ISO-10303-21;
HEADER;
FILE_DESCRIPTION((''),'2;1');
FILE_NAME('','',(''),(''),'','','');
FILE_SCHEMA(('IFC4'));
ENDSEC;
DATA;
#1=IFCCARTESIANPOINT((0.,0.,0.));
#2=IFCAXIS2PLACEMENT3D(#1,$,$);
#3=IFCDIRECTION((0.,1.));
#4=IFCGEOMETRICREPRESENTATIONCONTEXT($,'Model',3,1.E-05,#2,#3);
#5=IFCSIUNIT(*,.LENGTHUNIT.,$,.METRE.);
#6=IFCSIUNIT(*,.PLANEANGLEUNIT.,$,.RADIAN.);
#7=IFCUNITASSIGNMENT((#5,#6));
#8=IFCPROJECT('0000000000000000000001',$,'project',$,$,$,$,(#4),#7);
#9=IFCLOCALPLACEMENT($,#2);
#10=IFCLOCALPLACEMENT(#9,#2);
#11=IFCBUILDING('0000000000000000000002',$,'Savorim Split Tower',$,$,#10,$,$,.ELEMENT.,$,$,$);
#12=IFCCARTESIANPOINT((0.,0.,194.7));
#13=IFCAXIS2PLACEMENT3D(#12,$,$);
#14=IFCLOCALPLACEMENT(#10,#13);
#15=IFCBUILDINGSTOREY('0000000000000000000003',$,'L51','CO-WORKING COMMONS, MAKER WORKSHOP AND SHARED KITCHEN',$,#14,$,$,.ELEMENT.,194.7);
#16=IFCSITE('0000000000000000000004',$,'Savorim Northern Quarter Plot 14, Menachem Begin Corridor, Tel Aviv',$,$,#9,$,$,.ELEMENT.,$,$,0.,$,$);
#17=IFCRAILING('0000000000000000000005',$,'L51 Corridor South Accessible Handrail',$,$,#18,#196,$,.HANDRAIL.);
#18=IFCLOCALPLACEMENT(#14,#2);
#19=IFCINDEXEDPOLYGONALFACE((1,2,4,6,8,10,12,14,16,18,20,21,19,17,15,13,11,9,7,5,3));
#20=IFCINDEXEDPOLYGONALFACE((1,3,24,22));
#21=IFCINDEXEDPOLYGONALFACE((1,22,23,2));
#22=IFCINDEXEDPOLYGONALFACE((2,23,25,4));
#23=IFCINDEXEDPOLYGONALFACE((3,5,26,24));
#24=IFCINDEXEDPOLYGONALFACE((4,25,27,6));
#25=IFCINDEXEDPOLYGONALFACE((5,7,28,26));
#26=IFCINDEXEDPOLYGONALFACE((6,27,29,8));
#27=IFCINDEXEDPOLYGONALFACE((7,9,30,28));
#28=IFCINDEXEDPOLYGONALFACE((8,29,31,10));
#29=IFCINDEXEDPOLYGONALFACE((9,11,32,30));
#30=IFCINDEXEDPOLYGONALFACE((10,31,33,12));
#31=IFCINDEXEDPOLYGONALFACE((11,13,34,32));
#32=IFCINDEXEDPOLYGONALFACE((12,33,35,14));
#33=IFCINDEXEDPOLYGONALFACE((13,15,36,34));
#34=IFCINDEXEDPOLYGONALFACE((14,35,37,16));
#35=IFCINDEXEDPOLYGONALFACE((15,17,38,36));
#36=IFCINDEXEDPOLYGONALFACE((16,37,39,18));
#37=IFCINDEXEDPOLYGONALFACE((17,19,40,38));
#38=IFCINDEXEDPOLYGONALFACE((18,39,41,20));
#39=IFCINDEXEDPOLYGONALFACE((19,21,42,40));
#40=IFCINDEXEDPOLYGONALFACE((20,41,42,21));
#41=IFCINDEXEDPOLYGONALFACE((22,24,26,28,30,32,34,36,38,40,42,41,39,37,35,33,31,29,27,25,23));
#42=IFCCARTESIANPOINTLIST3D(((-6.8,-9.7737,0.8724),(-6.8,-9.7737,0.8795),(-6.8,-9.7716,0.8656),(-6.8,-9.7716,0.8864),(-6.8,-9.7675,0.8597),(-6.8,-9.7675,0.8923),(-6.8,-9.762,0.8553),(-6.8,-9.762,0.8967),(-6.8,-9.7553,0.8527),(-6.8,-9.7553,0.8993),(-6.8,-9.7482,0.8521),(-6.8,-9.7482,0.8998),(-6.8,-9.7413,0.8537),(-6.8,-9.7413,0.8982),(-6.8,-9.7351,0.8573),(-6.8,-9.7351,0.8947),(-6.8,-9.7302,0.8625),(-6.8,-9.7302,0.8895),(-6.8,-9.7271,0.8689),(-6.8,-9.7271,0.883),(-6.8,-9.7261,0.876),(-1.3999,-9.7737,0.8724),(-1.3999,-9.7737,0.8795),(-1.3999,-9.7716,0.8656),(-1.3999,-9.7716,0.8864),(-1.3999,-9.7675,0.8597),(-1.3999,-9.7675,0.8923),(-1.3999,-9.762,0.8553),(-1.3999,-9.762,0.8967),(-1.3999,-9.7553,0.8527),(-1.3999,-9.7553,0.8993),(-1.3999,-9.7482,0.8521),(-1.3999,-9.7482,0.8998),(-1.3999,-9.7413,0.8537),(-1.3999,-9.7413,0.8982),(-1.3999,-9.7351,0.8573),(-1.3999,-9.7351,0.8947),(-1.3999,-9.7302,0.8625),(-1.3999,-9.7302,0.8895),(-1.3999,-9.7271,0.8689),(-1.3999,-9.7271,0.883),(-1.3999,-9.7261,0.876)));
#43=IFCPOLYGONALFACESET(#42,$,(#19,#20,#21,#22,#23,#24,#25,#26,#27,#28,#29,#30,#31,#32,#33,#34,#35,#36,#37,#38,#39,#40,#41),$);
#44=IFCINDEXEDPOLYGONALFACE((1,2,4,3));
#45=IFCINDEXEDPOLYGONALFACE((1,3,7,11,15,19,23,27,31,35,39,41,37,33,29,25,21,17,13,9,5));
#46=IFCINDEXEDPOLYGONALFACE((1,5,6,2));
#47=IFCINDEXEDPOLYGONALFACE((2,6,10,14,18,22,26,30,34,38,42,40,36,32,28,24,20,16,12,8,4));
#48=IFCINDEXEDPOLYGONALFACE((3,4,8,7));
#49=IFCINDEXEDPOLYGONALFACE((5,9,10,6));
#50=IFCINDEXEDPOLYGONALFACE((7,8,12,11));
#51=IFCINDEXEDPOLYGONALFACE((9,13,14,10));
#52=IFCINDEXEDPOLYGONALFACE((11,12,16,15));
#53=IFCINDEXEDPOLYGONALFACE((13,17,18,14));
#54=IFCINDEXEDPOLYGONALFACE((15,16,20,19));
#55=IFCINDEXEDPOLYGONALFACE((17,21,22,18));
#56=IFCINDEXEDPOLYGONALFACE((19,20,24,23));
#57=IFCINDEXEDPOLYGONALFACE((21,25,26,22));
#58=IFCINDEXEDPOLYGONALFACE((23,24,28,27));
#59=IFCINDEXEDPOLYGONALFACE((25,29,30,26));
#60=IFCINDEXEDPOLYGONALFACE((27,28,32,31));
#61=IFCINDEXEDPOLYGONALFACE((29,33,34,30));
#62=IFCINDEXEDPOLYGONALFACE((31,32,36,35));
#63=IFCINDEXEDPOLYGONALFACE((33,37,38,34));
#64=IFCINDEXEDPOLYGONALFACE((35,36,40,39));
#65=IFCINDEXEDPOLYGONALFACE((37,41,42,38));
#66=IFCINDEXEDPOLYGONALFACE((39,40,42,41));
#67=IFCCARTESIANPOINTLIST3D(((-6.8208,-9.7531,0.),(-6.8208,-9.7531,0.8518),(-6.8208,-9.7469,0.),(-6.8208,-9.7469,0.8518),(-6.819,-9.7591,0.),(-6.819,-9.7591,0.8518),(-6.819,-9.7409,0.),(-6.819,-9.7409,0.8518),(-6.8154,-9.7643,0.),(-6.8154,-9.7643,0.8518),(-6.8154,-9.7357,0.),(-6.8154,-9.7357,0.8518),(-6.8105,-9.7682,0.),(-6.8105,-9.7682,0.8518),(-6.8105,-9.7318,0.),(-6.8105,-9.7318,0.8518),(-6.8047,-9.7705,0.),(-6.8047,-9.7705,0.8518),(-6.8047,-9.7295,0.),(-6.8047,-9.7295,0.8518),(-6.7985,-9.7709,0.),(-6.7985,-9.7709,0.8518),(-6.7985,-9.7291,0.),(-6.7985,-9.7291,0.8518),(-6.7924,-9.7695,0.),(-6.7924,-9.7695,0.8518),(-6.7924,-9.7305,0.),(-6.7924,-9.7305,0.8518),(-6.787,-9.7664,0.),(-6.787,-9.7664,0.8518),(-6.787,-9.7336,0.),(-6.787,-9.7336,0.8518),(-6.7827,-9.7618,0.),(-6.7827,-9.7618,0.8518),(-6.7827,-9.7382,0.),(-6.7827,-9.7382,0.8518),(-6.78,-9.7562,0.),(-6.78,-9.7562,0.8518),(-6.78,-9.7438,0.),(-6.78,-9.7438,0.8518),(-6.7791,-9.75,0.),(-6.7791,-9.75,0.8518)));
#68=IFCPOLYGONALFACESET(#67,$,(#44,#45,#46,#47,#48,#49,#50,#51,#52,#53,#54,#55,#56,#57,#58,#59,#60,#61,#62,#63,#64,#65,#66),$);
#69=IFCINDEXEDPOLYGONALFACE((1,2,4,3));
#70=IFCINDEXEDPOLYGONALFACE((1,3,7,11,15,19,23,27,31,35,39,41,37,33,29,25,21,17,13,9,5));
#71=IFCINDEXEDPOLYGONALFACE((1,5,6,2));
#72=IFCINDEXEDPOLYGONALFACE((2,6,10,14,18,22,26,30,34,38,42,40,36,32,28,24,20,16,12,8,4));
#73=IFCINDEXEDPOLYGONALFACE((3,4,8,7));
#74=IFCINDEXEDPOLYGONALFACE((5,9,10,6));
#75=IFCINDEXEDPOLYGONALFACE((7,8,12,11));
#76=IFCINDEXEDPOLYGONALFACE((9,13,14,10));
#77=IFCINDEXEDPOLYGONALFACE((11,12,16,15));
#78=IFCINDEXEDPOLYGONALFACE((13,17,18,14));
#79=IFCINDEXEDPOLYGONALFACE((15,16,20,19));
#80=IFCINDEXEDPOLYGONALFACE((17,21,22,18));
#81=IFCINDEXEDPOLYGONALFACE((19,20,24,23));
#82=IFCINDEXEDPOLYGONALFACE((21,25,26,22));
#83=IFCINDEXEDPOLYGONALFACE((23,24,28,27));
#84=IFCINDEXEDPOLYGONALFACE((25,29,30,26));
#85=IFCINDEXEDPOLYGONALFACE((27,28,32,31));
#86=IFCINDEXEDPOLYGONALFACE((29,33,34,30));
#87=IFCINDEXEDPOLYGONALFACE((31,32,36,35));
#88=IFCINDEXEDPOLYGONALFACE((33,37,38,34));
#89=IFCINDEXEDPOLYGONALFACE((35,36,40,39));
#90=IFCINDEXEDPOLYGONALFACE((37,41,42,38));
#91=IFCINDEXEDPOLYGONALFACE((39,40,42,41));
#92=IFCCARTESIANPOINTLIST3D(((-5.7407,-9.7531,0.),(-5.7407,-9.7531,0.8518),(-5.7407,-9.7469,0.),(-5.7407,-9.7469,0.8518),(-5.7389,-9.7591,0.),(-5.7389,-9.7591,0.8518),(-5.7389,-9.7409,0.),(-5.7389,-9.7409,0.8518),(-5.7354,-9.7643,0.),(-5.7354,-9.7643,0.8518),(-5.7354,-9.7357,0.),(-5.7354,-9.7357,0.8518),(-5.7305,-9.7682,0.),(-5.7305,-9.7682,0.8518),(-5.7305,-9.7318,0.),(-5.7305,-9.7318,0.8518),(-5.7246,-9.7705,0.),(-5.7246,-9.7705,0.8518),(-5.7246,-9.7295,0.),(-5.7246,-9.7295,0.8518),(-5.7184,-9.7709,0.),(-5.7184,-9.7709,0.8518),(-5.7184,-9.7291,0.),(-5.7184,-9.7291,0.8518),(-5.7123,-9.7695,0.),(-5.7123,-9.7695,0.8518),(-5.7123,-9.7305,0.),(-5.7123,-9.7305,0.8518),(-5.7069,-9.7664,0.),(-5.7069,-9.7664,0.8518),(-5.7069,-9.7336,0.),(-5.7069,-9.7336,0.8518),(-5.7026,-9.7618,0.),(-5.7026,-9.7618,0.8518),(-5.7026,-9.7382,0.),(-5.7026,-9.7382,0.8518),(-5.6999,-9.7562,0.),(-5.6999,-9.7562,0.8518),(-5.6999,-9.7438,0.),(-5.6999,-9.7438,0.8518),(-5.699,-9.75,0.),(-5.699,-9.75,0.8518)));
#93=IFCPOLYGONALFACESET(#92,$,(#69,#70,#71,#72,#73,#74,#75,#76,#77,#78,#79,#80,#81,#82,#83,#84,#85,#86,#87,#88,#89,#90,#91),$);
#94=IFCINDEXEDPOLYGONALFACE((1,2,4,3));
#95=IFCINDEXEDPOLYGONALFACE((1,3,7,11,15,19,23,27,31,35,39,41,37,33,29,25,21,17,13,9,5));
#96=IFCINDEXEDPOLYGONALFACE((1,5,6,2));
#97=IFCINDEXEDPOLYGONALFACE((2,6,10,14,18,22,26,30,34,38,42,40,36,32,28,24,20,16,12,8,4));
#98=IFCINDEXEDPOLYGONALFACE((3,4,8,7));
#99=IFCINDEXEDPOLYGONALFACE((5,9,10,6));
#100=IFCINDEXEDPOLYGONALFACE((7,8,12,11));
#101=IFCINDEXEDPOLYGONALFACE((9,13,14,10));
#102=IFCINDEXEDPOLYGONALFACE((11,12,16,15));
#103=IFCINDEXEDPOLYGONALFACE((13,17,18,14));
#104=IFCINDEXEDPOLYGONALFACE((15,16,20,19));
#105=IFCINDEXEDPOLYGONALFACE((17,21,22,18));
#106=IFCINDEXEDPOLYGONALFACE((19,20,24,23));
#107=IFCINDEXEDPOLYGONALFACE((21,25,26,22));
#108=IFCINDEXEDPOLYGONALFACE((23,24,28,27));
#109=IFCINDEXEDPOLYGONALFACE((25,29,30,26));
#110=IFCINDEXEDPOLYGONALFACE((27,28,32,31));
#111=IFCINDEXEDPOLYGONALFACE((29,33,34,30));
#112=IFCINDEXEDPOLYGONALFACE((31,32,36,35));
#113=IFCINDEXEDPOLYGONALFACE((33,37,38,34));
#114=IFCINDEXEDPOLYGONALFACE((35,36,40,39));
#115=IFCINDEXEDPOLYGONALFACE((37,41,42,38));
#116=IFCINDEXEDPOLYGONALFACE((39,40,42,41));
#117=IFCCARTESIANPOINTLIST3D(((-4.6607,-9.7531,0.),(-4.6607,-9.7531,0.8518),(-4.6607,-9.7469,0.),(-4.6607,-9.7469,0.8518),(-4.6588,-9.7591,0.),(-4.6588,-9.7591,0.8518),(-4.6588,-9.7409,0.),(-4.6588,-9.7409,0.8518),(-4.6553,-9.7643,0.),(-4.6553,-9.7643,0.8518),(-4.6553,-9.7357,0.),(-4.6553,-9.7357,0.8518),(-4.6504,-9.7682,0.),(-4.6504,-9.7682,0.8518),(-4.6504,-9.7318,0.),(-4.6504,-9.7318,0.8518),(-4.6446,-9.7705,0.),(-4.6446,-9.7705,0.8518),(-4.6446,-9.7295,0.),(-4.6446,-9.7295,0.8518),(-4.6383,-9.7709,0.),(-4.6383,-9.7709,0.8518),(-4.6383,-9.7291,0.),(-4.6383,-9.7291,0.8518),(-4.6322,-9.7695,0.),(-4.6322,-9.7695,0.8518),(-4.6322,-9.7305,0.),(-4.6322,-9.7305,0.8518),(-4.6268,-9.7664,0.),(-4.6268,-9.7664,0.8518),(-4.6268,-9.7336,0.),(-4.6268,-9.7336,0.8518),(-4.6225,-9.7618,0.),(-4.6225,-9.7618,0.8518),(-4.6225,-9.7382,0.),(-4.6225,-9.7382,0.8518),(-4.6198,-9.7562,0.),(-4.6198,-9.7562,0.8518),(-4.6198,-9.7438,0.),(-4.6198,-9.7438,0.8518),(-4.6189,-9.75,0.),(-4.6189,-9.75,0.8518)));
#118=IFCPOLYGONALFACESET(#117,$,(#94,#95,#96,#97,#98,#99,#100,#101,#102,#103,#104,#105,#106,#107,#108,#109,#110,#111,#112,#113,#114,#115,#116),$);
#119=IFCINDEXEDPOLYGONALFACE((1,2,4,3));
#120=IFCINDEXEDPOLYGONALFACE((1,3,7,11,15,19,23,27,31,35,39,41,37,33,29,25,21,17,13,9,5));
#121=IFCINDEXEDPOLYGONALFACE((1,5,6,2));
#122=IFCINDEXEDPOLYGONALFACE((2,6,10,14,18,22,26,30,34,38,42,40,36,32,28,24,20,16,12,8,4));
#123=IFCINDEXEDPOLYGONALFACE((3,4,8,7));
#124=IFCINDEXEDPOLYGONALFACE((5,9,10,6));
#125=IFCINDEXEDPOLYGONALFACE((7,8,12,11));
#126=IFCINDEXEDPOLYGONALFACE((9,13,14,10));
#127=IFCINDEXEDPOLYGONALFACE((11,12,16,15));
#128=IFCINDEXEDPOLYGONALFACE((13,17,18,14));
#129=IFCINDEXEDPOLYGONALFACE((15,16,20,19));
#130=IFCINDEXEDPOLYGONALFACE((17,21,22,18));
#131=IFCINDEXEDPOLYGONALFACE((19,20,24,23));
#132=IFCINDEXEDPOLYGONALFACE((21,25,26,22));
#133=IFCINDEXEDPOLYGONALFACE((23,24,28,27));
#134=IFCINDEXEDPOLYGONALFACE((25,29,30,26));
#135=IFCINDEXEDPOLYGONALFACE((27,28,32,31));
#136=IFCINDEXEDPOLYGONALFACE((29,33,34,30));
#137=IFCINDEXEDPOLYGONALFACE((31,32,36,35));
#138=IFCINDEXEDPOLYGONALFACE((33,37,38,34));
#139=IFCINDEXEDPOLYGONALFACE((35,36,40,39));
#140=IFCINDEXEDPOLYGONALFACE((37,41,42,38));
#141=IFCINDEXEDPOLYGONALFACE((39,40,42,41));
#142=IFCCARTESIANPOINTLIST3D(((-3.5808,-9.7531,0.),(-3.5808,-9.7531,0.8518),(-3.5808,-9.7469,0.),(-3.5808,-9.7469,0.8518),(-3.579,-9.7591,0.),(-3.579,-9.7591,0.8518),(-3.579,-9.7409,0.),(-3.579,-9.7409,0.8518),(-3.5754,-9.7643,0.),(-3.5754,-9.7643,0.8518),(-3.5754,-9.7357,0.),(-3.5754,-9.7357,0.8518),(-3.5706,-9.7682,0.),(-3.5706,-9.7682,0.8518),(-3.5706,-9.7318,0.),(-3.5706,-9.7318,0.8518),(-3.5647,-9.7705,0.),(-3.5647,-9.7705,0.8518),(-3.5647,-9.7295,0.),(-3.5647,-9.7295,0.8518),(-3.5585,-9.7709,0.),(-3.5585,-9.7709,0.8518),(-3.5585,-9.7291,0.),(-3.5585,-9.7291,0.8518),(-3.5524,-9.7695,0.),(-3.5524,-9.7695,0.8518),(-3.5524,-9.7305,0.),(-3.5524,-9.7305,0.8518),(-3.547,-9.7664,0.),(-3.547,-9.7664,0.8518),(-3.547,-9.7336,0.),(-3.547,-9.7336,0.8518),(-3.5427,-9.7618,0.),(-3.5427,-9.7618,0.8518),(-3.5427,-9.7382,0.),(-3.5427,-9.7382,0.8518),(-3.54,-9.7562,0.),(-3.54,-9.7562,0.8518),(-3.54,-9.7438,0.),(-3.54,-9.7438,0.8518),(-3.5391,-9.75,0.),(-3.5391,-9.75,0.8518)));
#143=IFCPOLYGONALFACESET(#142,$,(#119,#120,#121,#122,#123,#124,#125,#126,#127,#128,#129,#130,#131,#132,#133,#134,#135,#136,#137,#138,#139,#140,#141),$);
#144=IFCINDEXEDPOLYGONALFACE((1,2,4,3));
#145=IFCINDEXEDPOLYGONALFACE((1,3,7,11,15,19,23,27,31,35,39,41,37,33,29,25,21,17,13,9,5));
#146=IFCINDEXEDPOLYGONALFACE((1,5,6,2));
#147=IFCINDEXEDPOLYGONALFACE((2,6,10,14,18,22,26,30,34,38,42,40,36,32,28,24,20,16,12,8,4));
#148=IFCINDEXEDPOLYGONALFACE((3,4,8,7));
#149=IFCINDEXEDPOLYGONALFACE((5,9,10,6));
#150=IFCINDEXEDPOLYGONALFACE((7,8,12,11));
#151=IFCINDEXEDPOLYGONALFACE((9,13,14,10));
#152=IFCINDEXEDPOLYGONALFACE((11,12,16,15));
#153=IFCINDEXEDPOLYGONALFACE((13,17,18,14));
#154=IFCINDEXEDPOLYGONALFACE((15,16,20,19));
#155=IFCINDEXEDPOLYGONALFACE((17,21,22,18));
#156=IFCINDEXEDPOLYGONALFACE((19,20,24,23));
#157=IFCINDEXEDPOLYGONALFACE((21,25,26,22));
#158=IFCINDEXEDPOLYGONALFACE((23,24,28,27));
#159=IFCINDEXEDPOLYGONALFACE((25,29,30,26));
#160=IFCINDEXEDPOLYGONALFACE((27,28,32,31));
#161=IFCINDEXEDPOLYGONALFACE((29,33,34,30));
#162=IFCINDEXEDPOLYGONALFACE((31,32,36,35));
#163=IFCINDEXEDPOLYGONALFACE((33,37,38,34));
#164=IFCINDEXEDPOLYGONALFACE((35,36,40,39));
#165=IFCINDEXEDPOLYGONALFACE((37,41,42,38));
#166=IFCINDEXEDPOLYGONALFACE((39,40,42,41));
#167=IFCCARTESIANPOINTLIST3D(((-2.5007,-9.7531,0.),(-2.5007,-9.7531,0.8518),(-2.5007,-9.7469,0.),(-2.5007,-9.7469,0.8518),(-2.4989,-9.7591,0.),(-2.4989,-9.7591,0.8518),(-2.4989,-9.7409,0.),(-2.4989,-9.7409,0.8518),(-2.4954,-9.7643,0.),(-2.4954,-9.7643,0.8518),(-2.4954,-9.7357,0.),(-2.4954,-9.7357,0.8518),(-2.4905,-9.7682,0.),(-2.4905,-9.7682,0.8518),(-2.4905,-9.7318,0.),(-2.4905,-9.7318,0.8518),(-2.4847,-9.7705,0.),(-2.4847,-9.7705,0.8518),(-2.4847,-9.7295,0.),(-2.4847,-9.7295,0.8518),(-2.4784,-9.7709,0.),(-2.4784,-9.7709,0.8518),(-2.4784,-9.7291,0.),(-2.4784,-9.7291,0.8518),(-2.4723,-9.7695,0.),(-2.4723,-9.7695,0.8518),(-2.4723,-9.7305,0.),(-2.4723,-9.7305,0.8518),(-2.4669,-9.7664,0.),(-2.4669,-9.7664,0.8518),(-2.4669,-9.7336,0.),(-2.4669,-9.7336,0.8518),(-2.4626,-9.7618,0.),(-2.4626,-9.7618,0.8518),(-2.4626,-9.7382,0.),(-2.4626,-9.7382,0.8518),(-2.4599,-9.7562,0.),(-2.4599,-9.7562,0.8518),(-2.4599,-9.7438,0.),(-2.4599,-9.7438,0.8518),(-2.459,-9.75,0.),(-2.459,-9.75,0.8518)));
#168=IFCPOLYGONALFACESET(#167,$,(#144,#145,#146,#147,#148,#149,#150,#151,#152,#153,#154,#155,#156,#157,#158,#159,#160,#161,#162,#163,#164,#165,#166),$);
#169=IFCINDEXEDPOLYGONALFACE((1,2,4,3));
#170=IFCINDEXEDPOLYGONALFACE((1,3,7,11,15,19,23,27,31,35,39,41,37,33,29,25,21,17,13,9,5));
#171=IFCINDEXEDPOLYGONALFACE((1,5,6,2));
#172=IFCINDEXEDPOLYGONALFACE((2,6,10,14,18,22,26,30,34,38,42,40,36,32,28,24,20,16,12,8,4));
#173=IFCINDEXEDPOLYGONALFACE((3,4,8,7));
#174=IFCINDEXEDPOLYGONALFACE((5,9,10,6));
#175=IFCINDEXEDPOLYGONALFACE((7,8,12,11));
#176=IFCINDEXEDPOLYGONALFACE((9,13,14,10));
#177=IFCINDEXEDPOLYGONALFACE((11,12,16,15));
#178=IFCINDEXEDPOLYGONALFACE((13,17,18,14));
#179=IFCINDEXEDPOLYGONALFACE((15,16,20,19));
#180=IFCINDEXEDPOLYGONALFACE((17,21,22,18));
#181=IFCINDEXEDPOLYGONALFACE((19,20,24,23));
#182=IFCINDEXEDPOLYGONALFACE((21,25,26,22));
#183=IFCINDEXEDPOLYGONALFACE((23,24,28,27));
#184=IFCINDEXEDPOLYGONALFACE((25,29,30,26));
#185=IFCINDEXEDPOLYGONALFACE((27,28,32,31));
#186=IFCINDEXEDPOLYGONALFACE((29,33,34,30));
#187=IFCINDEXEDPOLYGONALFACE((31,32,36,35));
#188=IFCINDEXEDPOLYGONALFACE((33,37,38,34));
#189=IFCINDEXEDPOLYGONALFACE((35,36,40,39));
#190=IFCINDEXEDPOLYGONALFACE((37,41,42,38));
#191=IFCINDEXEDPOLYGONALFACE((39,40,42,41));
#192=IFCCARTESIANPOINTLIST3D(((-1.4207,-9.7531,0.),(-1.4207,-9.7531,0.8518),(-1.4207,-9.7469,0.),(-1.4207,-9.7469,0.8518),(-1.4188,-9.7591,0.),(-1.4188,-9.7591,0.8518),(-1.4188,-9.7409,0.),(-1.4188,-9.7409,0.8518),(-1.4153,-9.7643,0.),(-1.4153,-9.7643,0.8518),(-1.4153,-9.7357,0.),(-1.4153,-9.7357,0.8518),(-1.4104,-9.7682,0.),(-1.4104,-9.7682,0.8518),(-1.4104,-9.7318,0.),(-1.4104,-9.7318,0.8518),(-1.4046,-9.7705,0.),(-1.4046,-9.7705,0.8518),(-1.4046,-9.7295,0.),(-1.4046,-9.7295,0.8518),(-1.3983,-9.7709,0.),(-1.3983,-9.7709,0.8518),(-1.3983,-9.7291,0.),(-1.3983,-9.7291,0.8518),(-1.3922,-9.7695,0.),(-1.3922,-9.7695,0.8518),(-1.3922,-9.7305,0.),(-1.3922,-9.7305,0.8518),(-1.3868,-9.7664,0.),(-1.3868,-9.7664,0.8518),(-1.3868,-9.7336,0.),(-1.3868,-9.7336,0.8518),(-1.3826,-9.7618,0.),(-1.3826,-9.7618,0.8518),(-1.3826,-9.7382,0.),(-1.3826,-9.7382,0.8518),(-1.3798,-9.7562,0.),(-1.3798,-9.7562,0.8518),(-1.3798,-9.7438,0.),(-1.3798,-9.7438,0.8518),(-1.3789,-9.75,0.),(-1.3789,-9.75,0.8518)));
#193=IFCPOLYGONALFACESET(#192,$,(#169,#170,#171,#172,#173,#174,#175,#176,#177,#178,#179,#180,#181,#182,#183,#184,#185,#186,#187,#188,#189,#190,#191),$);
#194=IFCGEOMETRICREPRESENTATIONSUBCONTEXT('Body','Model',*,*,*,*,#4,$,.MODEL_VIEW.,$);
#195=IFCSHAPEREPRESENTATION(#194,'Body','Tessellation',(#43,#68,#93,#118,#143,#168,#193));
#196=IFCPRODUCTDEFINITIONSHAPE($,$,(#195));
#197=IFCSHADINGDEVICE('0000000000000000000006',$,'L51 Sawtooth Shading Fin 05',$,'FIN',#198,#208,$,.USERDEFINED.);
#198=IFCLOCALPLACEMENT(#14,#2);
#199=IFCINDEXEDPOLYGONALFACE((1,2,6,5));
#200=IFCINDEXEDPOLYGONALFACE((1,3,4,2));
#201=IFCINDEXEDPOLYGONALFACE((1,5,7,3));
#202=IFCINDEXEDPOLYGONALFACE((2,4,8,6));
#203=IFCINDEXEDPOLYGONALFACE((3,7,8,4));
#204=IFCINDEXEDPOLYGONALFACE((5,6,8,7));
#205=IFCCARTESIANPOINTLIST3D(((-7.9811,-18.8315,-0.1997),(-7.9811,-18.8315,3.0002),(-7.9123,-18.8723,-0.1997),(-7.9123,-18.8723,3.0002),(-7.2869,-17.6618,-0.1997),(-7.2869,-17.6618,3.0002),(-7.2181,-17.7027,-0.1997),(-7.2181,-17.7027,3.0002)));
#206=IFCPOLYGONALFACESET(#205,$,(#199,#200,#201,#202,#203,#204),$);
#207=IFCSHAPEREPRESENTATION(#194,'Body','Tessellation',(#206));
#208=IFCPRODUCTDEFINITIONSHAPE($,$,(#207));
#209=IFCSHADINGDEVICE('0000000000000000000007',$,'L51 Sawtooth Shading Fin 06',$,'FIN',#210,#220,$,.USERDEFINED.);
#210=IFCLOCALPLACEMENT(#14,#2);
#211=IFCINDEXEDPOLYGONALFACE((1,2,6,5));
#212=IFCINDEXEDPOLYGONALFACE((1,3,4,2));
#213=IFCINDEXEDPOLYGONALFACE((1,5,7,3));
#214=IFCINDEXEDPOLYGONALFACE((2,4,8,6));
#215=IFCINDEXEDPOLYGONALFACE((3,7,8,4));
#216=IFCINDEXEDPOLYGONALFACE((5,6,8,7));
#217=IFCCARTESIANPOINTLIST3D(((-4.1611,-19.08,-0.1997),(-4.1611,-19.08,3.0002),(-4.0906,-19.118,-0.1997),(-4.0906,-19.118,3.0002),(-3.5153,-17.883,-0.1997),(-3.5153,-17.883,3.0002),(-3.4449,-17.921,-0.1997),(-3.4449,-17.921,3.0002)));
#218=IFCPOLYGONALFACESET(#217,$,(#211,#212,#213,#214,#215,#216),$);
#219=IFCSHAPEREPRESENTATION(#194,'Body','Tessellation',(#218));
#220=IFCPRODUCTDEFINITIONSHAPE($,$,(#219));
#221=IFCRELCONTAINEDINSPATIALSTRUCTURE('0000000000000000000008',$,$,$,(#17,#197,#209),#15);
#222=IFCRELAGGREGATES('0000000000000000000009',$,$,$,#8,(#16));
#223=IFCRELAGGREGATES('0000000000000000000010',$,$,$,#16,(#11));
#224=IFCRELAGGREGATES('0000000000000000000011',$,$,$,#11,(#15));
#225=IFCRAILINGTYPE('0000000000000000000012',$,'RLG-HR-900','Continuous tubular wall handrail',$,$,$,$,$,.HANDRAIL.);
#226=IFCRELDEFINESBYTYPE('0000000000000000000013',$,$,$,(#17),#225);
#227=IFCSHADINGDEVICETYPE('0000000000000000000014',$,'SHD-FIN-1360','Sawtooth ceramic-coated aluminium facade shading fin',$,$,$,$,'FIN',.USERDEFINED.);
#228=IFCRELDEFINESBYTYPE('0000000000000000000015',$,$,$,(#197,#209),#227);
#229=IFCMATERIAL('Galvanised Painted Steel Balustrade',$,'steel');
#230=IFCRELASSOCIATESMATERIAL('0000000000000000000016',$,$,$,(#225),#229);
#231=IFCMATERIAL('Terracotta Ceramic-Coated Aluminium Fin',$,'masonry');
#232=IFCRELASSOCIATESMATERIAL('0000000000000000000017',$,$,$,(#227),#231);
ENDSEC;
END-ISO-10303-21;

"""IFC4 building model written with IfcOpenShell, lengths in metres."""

from ifc_helpers import new_model, si_unit, direction, frame, origin, origin_2d, place, context, subcontext, project, spatial, rectangle, circle, extrude, material, type_object, element, save


model = new_model("IFC4")

# Units and contexts
model_context = context("Model", 3, precision=1e-05, world=origin(), true_north=direction((0.0, 1.0)))
body_context = subcontext(model_context, "Body", "Model", "MODEL_VIEW")
ifc_project = project(units=[si_unit("LENGTHUNIT", "METRE"), si_unit("PLANEANGLEUNIT", "RADIAN")], contexts=[model_context])

# Site, building, storey
site_placement = place(None, origin())
site = spatial("IfcSite", under=ifc_project, at=site_placement, Name="Savorim Northern Quarter Plot 14, Menachem Begin Corridor, Tel Aviv", CompositionType="ELEMENT", RefElevation=0.0)
building_placement = place(site_placement, origin())
building = spatial("IfcBuilding", under=site, at=building_placement, Name="Savorim Split Tower", CompositionType="ELEMENT")
storey_placement = place(building_placement, frame((0.0, 0.0, 194.7)))
storey = spatial("IfcBuildingStorey", under=building, at=storey_placement, Name="L51", Description="CO-WORKING COMMONS, MAKER WORKSHOP AND SHARED KITCHEN", CompositionType="ELEMENT", Elevation=194.7)

# Railing
ifc_material_1 = material(Name="Galvanised Painted Steel Balustrade", Category="steel")
railing_type = type_object("IfcRailingType", Name="RLG-HR-900", Description="Continuous tubular wall handrail", PredefinedType="HANDRAIL", material=ifc_material_1)
railing_placement = place(storey_placement, frame((-6.8, -9.75, 0.0)))
element("IfcRailing", 1, at=railing_placement, inside=storey, type_object=railing_type, Name="L51 Corridor South Accessible Handrail", PredefinedType="HANDRAIL", context=body_context, shape_type="SweptSolid", body=[
    extrude(circle(Radius=0.0239, at=origin_2d()), frame((0.0, 0.0, 0.876), z_axis=(1.0, 0.0, 0.0), x_axis=(0.0, 1.0, 0.0)), (0.0, 0.0, 1.0), 5.4001),
    extrude(circle(Radius=0.021, at=origin_2d()), origin(), (0.0, 0.0, 1.0), 0.8518),
    extrude(circle(Radius=0.021, at=origin_2d()), frame((1.0801, 0.0, 0.0)), (0.0, 0.0, 1.0), 0.8518),
    extrude(circle(Radius=0.021, at=origin_2d()), frame((2.1602, 0.0, 0.0)), (0.0, 0.0, 1.0), 0.8518),
    extrude(circle(Radius=0.021, at=origin_2d()), frame((3.24, 0.0, 0.0)), (0.0, 0.0, 1.0), 0.8518),
    extrude(circle(Radius=0.021, at=origin_2d()), frame((4.3201, 0.0, 0.0)), (0.0, 0.0, 1.0), 0.8518),
    extrude(circle(Radius=0.021, at=origin_2d()), frame((5.4001, 0.0, 0.0)), (0.0, 0.0, 1.0), 0.8518),
])

# Shading devices
ifc_material_2 = material(Name="Terracotta Ceramic-Coated Aluminium Fin", Category="masonry")
shading_device_type = type_object("IfcShadingDeviceType", Name="SHD-FIN-1360", Description="Sawtooth ceramic-coated aluminium facade shading fin", ElementType="FIN", PredefinedType="USERDEFINED", material=ifc_material_2)
for number, where, z_axis, x_axis, name in (
    (2, (-7.5996, -18.2671, -0.1997), (0.0, 0.0, 1.0), (-0.510391, -0.859942, 0.0), "L51 Sawtooth Shading Fin 05"),
    (3, (-3.803, -18.5005, -0.1997), (0.0, 0.0, 1.0), (-0.474778, -0.880106, 0.0), "L51 Sawtooth Shading Fin 06"),
):
    element("IfcShadingDevice", number, at=place(storey_placement, frame(where, z_axis=z_axis, x_axis=x_axis)), inside=storey, type_object=shading_device_type, Name=name, ObjectType="FIN", PredefinedType="USERDEFINED", context=body_context, shape_type="SweptSolid", body=[
        extrude(rectangle(XDim=1.3601, YDim=0.0801, at=origin_2d()), origin(), (0.0, 0.0, 1.0), 3.2),
    ])

save(model, "model.ifc")
